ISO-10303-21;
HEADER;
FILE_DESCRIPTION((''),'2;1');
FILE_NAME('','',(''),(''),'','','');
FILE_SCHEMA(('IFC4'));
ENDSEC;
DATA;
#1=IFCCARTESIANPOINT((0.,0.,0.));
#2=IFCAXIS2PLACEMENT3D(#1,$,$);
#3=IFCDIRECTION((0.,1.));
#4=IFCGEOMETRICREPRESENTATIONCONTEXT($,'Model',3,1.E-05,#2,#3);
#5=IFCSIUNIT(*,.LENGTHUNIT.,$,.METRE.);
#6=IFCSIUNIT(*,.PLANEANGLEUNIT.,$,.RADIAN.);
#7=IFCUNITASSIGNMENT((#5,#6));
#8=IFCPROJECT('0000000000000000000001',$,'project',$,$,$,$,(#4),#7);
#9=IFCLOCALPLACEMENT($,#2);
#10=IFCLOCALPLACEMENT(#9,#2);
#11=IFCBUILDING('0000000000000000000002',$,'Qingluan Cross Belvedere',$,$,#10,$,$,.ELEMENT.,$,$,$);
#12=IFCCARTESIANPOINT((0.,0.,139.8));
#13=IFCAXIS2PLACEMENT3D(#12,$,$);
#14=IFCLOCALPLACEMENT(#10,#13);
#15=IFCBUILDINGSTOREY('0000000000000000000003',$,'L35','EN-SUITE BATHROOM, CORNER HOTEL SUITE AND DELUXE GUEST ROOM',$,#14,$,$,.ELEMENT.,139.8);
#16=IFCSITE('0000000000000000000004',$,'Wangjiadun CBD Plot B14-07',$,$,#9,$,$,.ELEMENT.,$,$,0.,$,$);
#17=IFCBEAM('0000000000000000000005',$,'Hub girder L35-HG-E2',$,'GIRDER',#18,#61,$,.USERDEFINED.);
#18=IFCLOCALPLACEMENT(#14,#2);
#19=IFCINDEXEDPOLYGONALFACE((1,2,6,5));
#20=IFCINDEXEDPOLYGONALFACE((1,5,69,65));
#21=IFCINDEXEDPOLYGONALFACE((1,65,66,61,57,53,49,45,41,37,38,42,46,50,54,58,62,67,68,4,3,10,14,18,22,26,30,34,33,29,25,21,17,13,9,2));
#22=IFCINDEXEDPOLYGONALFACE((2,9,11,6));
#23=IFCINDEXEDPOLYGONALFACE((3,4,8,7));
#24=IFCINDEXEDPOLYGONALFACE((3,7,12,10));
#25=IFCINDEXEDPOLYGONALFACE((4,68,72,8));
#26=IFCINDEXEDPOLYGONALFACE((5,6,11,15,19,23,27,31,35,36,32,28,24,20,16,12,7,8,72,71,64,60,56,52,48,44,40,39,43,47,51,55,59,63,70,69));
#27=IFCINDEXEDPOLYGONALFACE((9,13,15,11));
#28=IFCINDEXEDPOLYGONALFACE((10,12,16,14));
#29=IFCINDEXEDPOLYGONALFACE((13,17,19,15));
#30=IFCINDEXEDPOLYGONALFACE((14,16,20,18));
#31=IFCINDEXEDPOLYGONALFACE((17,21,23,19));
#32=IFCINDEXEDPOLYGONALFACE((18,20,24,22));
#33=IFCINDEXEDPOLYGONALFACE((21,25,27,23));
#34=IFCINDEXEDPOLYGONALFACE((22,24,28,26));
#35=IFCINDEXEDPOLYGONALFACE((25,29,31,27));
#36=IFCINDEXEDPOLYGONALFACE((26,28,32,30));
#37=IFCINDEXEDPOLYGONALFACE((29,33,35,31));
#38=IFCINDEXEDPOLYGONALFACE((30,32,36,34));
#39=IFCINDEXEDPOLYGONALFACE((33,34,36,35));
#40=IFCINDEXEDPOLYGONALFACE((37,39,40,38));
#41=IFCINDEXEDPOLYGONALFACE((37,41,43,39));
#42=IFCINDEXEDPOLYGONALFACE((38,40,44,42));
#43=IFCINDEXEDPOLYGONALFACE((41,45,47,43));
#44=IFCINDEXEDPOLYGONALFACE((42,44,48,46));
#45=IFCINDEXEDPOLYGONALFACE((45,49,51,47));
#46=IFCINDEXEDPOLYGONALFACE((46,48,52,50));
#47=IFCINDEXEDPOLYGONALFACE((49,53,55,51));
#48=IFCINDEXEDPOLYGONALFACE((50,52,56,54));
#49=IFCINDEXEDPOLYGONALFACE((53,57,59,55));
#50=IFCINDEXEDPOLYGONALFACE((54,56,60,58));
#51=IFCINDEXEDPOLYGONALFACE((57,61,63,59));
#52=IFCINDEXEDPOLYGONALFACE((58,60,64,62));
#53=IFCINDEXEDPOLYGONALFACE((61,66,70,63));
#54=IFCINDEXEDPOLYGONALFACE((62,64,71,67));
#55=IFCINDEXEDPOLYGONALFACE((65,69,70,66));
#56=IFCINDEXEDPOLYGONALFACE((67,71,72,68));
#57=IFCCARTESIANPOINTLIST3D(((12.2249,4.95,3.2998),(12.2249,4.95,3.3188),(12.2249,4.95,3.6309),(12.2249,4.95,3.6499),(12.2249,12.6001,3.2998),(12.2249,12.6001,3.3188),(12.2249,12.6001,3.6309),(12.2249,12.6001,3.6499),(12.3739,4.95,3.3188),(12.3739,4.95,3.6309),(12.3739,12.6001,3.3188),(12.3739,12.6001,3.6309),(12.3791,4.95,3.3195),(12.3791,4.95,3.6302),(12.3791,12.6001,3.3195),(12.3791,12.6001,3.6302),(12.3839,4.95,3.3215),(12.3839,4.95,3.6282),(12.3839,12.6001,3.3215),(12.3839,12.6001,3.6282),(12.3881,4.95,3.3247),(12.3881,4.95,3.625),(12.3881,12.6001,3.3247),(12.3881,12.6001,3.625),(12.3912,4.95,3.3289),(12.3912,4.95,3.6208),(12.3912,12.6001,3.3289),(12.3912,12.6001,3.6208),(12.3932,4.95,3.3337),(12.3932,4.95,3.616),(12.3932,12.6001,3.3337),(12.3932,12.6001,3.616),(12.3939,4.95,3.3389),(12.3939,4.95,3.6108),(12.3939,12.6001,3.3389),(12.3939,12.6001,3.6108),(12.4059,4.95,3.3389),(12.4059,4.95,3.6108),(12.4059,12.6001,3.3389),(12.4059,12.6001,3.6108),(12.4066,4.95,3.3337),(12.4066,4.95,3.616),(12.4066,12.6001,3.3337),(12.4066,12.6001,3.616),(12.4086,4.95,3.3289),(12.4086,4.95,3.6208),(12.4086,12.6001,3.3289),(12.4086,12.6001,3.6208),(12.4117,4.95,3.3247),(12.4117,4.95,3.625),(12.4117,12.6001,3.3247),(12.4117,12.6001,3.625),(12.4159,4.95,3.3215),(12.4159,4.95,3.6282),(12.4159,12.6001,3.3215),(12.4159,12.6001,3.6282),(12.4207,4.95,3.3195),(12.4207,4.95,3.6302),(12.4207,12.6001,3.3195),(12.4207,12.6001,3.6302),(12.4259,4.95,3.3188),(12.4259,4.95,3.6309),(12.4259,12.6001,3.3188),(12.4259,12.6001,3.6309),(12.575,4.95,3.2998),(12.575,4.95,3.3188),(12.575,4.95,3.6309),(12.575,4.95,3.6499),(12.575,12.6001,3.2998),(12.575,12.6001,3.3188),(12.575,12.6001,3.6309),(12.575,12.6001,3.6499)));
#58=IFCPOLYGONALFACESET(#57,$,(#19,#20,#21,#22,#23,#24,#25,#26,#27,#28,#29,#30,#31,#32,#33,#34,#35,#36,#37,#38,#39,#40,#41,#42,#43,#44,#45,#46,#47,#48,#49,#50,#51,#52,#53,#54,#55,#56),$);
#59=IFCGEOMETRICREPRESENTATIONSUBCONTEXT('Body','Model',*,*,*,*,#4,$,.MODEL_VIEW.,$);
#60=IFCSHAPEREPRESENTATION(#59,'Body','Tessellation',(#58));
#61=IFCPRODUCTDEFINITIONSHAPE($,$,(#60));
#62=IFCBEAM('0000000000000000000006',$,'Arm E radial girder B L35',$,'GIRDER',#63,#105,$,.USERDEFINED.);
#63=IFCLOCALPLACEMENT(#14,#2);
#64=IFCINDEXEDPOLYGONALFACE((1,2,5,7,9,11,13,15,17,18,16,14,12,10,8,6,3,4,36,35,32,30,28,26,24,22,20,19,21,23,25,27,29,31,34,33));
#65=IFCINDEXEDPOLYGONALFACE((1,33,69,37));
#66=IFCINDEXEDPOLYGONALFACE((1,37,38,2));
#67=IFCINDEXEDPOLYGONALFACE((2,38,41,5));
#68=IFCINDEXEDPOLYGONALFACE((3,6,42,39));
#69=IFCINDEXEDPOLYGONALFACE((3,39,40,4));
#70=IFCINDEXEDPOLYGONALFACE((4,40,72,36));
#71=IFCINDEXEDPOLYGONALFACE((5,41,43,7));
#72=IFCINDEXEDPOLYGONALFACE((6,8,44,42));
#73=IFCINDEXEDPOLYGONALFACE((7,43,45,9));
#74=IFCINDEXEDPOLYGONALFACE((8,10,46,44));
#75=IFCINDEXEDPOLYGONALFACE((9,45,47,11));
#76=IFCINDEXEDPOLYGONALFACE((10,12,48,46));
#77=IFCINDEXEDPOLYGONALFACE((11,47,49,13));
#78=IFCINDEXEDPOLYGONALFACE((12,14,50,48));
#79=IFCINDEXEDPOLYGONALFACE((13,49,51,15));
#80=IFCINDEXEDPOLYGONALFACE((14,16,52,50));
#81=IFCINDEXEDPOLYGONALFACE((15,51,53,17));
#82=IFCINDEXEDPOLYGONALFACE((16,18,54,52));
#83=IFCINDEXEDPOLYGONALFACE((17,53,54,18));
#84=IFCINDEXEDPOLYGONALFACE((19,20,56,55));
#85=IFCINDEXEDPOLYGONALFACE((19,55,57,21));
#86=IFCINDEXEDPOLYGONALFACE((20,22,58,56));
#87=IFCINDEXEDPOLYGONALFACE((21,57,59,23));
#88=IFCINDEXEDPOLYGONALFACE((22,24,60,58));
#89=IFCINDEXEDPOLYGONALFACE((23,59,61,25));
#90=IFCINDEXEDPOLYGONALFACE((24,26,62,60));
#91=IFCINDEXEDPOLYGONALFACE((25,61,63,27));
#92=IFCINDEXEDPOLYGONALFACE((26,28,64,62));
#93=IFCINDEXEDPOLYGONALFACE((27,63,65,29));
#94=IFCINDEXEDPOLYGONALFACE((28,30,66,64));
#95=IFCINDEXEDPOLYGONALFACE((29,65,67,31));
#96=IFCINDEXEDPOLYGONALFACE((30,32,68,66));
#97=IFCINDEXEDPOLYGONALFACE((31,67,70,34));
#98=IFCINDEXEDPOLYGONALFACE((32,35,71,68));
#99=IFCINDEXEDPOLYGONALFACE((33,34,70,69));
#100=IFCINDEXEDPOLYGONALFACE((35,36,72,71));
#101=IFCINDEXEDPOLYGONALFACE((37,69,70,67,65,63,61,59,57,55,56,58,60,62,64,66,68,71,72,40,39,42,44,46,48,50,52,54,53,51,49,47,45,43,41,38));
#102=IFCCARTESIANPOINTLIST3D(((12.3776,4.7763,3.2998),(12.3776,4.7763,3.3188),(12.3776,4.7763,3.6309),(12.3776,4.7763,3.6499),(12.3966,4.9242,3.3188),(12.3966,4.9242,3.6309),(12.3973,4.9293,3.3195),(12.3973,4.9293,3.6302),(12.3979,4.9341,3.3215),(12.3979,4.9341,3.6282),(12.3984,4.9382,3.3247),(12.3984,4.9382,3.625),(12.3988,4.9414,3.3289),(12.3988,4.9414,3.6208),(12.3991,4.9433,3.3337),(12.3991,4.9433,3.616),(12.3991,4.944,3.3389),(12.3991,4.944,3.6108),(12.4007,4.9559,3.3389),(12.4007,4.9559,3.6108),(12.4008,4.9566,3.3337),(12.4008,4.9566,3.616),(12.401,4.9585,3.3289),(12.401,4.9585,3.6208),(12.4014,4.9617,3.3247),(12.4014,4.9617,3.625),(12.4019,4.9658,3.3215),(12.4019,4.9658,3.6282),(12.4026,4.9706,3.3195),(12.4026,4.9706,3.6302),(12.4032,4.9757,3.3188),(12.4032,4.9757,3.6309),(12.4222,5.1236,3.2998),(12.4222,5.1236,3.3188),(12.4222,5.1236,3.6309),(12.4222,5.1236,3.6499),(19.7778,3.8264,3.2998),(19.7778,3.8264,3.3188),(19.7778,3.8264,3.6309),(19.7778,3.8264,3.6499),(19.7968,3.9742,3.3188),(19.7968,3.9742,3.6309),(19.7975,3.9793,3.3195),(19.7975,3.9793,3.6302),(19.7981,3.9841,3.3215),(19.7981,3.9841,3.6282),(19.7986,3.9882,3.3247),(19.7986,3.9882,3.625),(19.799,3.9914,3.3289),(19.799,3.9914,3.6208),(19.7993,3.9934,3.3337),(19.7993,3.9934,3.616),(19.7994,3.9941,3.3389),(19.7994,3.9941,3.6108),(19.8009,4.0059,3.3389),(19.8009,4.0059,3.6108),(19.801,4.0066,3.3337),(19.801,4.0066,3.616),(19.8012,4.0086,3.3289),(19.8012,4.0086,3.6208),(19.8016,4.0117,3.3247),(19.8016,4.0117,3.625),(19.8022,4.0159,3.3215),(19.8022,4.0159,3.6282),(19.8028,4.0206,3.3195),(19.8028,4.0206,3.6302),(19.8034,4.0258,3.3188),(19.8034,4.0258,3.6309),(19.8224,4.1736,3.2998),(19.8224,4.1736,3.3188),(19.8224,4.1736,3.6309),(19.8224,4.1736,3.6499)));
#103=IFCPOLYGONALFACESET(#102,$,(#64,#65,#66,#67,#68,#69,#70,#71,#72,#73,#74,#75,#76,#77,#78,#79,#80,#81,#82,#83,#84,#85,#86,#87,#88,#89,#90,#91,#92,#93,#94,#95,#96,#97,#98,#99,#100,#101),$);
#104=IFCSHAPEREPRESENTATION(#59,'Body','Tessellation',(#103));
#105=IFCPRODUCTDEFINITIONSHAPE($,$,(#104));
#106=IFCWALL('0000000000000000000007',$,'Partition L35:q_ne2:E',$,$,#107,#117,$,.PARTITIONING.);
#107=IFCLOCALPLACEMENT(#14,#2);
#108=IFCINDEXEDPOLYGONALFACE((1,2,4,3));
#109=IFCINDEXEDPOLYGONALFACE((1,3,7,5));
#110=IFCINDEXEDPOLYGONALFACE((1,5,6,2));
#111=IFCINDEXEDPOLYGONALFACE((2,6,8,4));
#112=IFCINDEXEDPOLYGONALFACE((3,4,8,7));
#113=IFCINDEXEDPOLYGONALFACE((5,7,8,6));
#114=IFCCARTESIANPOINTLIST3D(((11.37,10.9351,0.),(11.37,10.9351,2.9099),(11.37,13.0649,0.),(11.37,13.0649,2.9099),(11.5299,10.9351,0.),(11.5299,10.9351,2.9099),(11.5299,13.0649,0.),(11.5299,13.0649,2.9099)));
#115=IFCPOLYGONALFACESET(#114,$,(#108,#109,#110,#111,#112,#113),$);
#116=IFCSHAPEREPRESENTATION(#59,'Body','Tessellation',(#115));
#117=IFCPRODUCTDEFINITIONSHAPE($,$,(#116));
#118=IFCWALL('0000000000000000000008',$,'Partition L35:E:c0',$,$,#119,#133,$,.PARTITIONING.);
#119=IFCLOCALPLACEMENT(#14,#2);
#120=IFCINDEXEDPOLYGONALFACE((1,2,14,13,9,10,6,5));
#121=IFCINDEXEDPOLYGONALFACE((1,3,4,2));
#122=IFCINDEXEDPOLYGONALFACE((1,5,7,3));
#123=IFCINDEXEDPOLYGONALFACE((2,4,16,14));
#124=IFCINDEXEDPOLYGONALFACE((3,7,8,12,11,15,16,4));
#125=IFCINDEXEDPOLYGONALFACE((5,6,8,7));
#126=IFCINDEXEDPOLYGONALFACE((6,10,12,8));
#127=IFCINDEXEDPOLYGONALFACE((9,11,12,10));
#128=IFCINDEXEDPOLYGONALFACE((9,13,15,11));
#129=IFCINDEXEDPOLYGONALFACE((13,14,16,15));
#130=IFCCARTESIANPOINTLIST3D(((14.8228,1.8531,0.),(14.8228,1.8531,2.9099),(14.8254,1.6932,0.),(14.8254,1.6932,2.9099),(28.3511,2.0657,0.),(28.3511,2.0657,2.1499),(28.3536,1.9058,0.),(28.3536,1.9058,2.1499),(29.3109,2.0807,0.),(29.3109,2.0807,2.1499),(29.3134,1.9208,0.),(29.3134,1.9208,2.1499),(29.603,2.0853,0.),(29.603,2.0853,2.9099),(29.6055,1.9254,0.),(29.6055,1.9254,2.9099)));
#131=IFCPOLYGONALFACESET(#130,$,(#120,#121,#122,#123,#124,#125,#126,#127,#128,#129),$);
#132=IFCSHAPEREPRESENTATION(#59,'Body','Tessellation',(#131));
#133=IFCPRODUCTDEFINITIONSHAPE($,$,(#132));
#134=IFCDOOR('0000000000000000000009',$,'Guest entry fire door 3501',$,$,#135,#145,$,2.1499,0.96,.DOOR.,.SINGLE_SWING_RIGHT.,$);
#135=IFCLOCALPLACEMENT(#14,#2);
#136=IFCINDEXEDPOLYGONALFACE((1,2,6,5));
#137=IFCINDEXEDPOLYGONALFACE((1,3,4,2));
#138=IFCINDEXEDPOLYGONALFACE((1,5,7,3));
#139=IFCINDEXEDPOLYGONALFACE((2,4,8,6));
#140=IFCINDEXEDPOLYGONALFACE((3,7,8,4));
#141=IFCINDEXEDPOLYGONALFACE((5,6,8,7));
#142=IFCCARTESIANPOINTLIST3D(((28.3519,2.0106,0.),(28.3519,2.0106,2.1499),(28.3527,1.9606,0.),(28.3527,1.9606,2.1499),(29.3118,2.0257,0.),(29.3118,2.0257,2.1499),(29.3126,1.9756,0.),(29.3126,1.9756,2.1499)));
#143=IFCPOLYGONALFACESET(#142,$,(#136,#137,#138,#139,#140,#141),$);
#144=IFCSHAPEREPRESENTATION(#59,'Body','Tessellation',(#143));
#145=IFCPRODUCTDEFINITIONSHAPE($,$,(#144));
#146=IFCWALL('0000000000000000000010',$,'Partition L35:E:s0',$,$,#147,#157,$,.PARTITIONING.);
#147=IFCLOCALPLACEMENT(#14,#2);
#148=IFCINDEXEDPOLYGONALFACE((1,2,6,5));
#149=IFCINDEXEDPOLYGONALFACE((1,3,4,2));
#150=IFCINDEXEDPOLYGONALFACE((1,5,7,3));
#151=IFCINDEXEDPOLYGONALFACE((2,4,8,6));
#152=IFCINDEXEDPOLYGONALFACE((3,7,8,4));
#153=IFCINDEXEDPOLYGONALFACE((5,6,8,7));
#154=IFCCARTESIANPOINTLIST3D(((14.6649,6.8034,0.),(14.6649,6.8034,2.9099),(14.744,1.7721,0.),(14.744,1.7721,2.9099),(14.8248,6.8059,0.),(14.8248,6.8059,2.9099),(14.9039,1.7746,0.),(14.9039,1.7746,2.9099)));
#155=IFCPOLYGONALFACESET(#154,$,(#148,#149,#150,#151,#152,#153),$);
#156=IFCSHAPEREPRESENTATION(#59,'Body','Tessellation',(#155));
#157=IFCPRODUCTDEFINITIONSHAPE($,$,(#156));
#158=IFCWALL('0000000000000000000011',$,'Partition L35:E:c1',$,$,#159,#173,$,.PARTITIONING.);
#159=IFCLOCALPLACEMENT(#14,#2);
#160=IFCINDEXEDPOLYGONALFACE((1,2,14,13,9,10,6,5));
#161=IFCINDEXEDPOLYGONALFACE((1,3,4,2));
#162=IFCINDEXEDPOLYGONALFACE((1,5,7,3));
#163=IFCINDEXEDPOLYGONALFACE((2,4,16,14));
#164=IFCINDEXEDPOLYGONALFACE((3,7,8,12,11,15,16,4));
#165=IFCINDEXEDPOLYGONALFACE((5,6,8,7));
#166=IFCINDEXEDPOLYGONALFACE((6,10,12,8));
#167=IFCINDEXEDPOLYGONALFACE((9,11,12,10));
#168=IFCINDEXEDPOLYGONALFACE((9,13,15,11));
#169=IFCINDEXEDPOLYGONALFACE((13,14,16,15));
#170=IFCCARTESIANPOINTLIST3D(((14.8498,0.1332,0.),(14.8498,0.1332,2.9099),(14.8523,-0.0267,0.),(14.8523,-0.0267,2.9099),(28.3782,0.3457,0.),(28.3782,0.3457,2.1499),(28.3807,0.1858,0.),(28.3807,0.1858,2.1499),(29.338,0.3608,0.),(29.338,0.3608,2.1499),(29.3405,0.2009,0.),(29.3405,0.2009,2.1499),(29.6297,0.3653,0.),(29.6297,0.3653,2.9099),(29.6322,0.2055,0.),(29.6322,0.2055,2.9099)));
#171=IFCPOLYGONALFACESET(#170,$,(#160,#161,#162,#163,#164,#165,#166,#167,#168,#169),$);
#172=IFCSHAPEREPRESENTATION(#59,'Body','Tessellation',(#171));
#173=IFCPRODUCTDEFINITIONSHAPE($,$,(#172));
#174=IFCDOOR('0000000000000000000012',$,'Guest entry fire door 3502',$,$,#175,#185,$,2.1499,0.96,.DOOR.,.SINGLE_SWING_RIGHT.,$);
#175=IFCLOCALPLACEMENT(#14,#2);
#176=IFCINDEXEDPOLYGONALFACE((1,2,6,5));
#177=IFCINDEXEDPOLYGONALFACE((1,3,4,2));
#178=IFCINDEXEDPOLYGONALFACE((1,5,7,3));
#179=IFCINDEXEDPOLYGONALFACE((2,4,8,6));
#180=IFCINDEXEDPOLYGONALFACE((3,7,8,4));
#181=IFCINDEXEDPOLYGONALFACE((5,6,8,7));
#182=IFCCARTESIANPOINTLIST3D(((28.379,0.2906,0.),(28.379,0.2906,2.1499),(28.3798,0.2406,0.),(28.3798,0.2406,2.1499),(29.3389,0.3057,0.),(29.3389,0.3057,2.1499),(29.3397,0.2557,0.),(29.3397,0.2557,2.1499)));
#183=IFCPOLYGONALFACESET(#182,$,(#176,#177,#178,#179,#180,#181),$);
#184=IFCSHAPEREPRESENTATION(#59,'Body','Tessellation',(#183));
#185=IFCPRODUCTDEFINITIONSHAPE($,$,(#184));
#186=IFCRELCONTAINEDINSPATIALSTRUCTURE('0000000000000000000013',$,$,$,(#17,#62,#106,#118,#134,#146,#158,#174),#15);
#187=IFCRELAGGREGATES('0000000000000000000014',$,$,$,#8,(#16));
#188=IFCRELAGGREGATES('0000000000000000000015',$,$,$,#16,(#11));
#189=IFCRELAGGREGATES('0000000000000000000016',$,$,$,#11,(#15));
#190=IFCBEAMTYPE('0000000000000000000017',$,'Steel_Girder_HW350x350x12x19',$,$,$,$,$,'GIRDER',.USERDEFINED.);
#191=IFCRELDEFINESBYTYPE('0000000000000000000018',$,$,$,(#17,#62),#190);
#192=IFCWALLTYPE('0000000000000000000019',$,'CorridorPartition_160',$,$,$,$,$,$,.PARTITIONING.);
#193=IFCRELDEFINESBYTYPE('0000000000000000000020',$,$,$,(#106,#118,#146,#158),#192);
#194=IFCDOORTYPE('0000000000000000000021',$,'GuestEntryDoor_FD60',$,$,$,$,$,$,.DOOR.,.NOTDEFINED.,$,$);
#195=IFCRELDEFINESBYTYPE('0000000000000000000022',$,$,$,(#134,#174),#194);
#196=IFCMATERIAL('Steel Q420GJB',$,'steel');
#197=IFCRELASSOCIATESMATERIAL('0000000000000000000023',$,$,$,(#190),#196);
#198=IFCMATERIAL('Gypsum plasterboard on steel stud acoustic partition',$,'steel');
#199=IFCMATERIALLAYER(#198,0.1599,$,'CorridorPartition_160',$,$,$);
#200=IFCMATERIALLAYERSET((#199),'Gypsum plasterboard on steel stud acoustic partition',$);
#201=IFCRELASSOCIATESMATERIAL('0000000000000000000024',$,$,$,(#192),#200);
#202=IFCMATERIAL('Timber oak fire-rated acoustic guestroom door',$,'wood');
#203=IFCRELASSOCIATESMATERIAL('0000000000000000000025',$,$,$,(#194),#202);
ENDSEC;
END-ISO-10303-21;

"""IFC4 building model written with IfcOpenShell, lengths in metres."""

from ifc_helpers import new_model, si_unit, direction, frame, frame_2d, origin, origin_2d, place, context, subcontext, project, spatial, rectangle, i_section, extrude, material, layer, layer_set, material_profile, profile_set, type_object, element, fill, save


model = new_model("IFC4")

# Units and contexts
model_context = context("Model", 3, precision=1e-05, world=origin(), true_north=direction((0.0, 1.0)))
body_context = subcontext(model_context, "Body", "Model", "MODEL_VIEW")
ifc_project = project(units=[si_unit("LENGTHUNIT", "METRE"), si_unit("PLANEANGLEUNIT", "RADIAN")], contexts=[model_context])

# Site, building, storey
site_placement = place(None, origin())
site = spatial("IfcSite", under=ifc_project, at=site_placement, Name="Wangjiadun CBD Plot B14-07", CompositionType="ELEMENT", RefElevation=0.0)
building_placement = place(site_placement, origin())
building = spatial("IfcBuilding", under=site, at=building_placement, Name="Qingluan Cross Belvedere", CompositionType="ELEMENT")
storey_placement = place(building_placement, frame((0.0, 0.0, 139.8)))
storey = spatial("IfcBuildingStorey", under=building, at=storey_placement, Name="L35", Description="EN-SUITE BATHROOM, CORNER HOTEL SUITE AND DELUXE GUEST ROOM", CompositionType="ELEMENT", Elevation=139.8)

# Beams
ifc_material_1 = material(Name="Steel Q420GJB", Category="steel")
ifc_material_profile_1 = material_profile(ifc_material_1, i_section(OverallWidth=0.3501, OverallDepth=0.3501, WebThickness=0.012, FlangeThickness=0.019, FilletRadius=0.02, at=origin_2d()), Name="HW350x350x12x19")
ifc_profile_set_1 = profile_set([ifc_material_profile_1], Name="Steel Q420GJB")
beam_type_1 = type_object("IfcBeamType", Name="Steel_Girder_HW350x350x12x19", ElementType="GIRDER", PredefinedType="USERDEFINED", material=ifc_profile_set_1)
beam_1_placement = place(storey_placement, frame((12.3999, 4.95, 3.4749), z_axis=(0.0, 1.0, 0.0), x_axis=(-1.0, 0.0, 0.0)))
element("IfcBeam", 1, at=beam_1_placement, inside=storey, type_object=beam_type_1, Name="Hub girder L35-HG-E2", ObjectType="GIRDER", PredefinedType="USERDEFINED", context=body_context, shape_type="SweptSolid", body=[
    extrude(i_section(OverallWidth=0.3501, OverallDepth=0.3501, WebThickness=0.012, FlangeThickness=0.019, FilletRadius=0.02, at=origin_2d()), origin(), (0.0, 0.0, 1.0), 7.6501),
])
beam_2_placement = place(storey_placement, frame((12.3999, 4.95, 3.4749), z_axis=(0.991861, -0.127324, 0.0), x_axis=(0.127324, 0.991861, 0.0)))
element("IfcBeam", 2, at=beam_2_placement, inside=storey, type_object=beam_type_1, Name="Arm E radial girder B L35", ObjectType="GIRDER", PredefinedType="USERDEFINED", context=body_context, shape_type="SweptSolid", body=[
    extrude(i_section(OverallWidth=0.3501, OverallDepth=0.3501, WebThickness=0.012, FlangeThickness=0.019, FilletRadius=0.02, at=origin_2d()), origin(), (0.0, 0.0, 1.0), 7.4609),
])

# Wall
ifc_material_2 = material(Name="Gypsum plasterboard on steel stud acoustic partition", Category="steel")
ifc_layer_1 = layer(ifc_material_2, 0.1599, Name="CorridorPartition_160")
ifc_layer_set_1 = layer_set([ifc_layer_1], Name="Gypsum plasterboard on steel stud acoustic partition")
wall_type_1 = type_object("IfcWallType", Name="CorridorPartition_160", PredefinedType="PARTITIONING", material=ifc_layer_set_1)
wall_1_placement = place(storey_placement, frame((11.45, 10.9351, 0.0), z_axis=(0.0, 0.0, 1.0), x_axis=(0.0, 1.0, 0.0)))
element("IfcWall", 3, at=wall_1_placement, inside=storey, type_object=wall_type_1, Name="Partition L35:q_ne2:E", PredefinedType="PARTITIONING", context=body_context, shape_type="SweptSolid", body=[
    extrude(rectangle(XDim=2.1299, YDim=0.1599, at=frame_2d((1.0649, 0.0))), origin(), (0.0, 0.0, 1.0), 2.9099),
])

# Wall, opening, door
wall_2_placement = place(storey_placement, frame((14.824, 1.7732, 0.0), z_axis=(0.0, 0.0, 1.0), x_axis=(0.999877, 0.015707, 0.0)))
wall_2 = element("IfcWall", 4, at=wall_2_placement, inside=storey, type_object=wall_type_1, Name="Partition L35:E:c0", PredefinedType="PARTITIONING", context=body_context, shape_type="SweptSolid", body=[
    extrude(rectangle(XDim=14.782, YDim=0.1599, at=frame_2d((7.3911, 0.0))), origin(), (0.0, 0.0, 1.0), 2.9099),
])
opening_1_placement = place(wall_2_placement, frame((13.53, 0.0, 0.0)))
opening_1 = element("IfcOpeningElement", 5, at=opening_1_placement, cuts=wall_2, PredefinedType="OPENING", context=body_context, shape_type="SweptSolid", body=[
    extrude(rectangle(XDim=0.96, YDim=2.1499, at=frame_2d((0.48, 1.075))), frame((0.0, 0.0898, 0.0), z_axis=(0.0, -1.0, 0.0), x_axis=(1.0, 0.0, 0.0)), (0.0, 0.0, 1.0), 0.1799),
])
ifc_material_3 = material(Name="Timber oak fire-rated acoustic guestroom door", Category="wood")
door_type_1 = type_object("IfcDoorType", Name="GuestEntryDoor_FD60", OperationType="NOTDEFINED", PredefinedType="DOOR", material=ifc_material_3)
door_1_placement = place(opening_1_placement, origin())
door_1 = element("IfcDoor", 6, at=door_1_placement, inside=storey, type_object=door_type_1, Name="Guest entry fire door 3501", OperationType="SINGLE_SWING_RIGHT", OverallHeight=2.1499, OverallWidth=0.96, PredefinedType="DOOR", context=body_context, shape_type="SweptSolid", body=[
    extrude(rectangle(XDim=0.96, YDim=2.1499, at=frame_2d((0.48, 1.075))), frame((0.0, 0.0249, 0.0), z_axis=(0.0, -1.0, 0.0), x_axis=(1.0, 0.0, 0.0)), (0.0, 0.0, 1.0), 0.05),
])
fill(opening_1, door_1)

# Wall
wall_3_placement = place(storey_placement, frame((14.824, 1.7732, 0.0), z_axis=(0.0, 0.0, 1.0), x_axis=(-0.01572, 0.999876, 0.0)))
element("IfcWall", 7, at=wall_3_placement, inside=storey, type_object=wall_type_1, Name="Partition L35:E:s0", PredefinedType="PARTITIONING", context=body_context, shape_type="SweptSolid", body=[
    extrude(rectangle(XDim=5.032, YDim=0.1599, at=frame_2d((2.5161, 0.0))), origin(), (0.0, 0.0, 1.0), 2.9099),
])

# Wall, opening, door
wall_4_placement = place(storey_placement, frame((14.8511, 0.0532, 0.0), z_axis=(0.0, 0.0, 1.0), x_axis=(0.999877, 0.015707, 0.0)))
wall_4 = element("IfcWall", 8, at=wall_4_placement, inside=storey, type_object=wall_type_1, Name="Partition L35:E:c1", PredefinedType="PARTITIONING", context=body_context, shape_type="SweptSolid", body=[
    extrude(rectangle(XDim=14.7817, YDim=0.1599, at=frame_2d((7.3909, 0.0))), origin(), (0.0, 0.0, 1.0), 2.9099),
])
opening_2_placement = place(wall_4_placement, frame((13.53, 0.0, 0.0)))
opening_2 = element("IfcOpeningElement", 9, at=opening_2_placement, cuts=wall_4, PredefinedType="OPENING", context=body_context, shape_type="SweptSolid", body=[
    extrude(rectangle(XDim=0.96, YDim=2.1499, at=frame_2d((0.48, 1.075))), frame((0.0, 0.0898, 0.0), z_axis=(0.0, -1.0, 0.0), x_axis=(1.0, 0.0, 0.0)), (0.0, 0.0, 1.0), 0.1799),
])
door_2_placement = place(opening_2_placement, origin())
door_2 = element("IfcDoor", 10, at=door_2_placement, inside=storey, type_object=door_type_1, Name="Guest entry fire door 3502", OperationType="SINGLE_SWING_RIGHT", OverallHeight=2.1499, OverallWidth=0.96, PredefinedType="DOOR", context=body_context, shape_type="SweptSolid", body=[
    extrude(rectangle(XDim=0.96, YDim=2.1499, at=frame_2d((0.48, 1.075))), frame((0.0, 0.0249, 0.0), z_axis=(0.0, -1.0, 0.0), x_axis=(1.0, 0.0, 0.0)), (0.0, 0.0, 1.0), 0.05),
])
fill(opening_2, door_2)

save(model, "model.ifc")
